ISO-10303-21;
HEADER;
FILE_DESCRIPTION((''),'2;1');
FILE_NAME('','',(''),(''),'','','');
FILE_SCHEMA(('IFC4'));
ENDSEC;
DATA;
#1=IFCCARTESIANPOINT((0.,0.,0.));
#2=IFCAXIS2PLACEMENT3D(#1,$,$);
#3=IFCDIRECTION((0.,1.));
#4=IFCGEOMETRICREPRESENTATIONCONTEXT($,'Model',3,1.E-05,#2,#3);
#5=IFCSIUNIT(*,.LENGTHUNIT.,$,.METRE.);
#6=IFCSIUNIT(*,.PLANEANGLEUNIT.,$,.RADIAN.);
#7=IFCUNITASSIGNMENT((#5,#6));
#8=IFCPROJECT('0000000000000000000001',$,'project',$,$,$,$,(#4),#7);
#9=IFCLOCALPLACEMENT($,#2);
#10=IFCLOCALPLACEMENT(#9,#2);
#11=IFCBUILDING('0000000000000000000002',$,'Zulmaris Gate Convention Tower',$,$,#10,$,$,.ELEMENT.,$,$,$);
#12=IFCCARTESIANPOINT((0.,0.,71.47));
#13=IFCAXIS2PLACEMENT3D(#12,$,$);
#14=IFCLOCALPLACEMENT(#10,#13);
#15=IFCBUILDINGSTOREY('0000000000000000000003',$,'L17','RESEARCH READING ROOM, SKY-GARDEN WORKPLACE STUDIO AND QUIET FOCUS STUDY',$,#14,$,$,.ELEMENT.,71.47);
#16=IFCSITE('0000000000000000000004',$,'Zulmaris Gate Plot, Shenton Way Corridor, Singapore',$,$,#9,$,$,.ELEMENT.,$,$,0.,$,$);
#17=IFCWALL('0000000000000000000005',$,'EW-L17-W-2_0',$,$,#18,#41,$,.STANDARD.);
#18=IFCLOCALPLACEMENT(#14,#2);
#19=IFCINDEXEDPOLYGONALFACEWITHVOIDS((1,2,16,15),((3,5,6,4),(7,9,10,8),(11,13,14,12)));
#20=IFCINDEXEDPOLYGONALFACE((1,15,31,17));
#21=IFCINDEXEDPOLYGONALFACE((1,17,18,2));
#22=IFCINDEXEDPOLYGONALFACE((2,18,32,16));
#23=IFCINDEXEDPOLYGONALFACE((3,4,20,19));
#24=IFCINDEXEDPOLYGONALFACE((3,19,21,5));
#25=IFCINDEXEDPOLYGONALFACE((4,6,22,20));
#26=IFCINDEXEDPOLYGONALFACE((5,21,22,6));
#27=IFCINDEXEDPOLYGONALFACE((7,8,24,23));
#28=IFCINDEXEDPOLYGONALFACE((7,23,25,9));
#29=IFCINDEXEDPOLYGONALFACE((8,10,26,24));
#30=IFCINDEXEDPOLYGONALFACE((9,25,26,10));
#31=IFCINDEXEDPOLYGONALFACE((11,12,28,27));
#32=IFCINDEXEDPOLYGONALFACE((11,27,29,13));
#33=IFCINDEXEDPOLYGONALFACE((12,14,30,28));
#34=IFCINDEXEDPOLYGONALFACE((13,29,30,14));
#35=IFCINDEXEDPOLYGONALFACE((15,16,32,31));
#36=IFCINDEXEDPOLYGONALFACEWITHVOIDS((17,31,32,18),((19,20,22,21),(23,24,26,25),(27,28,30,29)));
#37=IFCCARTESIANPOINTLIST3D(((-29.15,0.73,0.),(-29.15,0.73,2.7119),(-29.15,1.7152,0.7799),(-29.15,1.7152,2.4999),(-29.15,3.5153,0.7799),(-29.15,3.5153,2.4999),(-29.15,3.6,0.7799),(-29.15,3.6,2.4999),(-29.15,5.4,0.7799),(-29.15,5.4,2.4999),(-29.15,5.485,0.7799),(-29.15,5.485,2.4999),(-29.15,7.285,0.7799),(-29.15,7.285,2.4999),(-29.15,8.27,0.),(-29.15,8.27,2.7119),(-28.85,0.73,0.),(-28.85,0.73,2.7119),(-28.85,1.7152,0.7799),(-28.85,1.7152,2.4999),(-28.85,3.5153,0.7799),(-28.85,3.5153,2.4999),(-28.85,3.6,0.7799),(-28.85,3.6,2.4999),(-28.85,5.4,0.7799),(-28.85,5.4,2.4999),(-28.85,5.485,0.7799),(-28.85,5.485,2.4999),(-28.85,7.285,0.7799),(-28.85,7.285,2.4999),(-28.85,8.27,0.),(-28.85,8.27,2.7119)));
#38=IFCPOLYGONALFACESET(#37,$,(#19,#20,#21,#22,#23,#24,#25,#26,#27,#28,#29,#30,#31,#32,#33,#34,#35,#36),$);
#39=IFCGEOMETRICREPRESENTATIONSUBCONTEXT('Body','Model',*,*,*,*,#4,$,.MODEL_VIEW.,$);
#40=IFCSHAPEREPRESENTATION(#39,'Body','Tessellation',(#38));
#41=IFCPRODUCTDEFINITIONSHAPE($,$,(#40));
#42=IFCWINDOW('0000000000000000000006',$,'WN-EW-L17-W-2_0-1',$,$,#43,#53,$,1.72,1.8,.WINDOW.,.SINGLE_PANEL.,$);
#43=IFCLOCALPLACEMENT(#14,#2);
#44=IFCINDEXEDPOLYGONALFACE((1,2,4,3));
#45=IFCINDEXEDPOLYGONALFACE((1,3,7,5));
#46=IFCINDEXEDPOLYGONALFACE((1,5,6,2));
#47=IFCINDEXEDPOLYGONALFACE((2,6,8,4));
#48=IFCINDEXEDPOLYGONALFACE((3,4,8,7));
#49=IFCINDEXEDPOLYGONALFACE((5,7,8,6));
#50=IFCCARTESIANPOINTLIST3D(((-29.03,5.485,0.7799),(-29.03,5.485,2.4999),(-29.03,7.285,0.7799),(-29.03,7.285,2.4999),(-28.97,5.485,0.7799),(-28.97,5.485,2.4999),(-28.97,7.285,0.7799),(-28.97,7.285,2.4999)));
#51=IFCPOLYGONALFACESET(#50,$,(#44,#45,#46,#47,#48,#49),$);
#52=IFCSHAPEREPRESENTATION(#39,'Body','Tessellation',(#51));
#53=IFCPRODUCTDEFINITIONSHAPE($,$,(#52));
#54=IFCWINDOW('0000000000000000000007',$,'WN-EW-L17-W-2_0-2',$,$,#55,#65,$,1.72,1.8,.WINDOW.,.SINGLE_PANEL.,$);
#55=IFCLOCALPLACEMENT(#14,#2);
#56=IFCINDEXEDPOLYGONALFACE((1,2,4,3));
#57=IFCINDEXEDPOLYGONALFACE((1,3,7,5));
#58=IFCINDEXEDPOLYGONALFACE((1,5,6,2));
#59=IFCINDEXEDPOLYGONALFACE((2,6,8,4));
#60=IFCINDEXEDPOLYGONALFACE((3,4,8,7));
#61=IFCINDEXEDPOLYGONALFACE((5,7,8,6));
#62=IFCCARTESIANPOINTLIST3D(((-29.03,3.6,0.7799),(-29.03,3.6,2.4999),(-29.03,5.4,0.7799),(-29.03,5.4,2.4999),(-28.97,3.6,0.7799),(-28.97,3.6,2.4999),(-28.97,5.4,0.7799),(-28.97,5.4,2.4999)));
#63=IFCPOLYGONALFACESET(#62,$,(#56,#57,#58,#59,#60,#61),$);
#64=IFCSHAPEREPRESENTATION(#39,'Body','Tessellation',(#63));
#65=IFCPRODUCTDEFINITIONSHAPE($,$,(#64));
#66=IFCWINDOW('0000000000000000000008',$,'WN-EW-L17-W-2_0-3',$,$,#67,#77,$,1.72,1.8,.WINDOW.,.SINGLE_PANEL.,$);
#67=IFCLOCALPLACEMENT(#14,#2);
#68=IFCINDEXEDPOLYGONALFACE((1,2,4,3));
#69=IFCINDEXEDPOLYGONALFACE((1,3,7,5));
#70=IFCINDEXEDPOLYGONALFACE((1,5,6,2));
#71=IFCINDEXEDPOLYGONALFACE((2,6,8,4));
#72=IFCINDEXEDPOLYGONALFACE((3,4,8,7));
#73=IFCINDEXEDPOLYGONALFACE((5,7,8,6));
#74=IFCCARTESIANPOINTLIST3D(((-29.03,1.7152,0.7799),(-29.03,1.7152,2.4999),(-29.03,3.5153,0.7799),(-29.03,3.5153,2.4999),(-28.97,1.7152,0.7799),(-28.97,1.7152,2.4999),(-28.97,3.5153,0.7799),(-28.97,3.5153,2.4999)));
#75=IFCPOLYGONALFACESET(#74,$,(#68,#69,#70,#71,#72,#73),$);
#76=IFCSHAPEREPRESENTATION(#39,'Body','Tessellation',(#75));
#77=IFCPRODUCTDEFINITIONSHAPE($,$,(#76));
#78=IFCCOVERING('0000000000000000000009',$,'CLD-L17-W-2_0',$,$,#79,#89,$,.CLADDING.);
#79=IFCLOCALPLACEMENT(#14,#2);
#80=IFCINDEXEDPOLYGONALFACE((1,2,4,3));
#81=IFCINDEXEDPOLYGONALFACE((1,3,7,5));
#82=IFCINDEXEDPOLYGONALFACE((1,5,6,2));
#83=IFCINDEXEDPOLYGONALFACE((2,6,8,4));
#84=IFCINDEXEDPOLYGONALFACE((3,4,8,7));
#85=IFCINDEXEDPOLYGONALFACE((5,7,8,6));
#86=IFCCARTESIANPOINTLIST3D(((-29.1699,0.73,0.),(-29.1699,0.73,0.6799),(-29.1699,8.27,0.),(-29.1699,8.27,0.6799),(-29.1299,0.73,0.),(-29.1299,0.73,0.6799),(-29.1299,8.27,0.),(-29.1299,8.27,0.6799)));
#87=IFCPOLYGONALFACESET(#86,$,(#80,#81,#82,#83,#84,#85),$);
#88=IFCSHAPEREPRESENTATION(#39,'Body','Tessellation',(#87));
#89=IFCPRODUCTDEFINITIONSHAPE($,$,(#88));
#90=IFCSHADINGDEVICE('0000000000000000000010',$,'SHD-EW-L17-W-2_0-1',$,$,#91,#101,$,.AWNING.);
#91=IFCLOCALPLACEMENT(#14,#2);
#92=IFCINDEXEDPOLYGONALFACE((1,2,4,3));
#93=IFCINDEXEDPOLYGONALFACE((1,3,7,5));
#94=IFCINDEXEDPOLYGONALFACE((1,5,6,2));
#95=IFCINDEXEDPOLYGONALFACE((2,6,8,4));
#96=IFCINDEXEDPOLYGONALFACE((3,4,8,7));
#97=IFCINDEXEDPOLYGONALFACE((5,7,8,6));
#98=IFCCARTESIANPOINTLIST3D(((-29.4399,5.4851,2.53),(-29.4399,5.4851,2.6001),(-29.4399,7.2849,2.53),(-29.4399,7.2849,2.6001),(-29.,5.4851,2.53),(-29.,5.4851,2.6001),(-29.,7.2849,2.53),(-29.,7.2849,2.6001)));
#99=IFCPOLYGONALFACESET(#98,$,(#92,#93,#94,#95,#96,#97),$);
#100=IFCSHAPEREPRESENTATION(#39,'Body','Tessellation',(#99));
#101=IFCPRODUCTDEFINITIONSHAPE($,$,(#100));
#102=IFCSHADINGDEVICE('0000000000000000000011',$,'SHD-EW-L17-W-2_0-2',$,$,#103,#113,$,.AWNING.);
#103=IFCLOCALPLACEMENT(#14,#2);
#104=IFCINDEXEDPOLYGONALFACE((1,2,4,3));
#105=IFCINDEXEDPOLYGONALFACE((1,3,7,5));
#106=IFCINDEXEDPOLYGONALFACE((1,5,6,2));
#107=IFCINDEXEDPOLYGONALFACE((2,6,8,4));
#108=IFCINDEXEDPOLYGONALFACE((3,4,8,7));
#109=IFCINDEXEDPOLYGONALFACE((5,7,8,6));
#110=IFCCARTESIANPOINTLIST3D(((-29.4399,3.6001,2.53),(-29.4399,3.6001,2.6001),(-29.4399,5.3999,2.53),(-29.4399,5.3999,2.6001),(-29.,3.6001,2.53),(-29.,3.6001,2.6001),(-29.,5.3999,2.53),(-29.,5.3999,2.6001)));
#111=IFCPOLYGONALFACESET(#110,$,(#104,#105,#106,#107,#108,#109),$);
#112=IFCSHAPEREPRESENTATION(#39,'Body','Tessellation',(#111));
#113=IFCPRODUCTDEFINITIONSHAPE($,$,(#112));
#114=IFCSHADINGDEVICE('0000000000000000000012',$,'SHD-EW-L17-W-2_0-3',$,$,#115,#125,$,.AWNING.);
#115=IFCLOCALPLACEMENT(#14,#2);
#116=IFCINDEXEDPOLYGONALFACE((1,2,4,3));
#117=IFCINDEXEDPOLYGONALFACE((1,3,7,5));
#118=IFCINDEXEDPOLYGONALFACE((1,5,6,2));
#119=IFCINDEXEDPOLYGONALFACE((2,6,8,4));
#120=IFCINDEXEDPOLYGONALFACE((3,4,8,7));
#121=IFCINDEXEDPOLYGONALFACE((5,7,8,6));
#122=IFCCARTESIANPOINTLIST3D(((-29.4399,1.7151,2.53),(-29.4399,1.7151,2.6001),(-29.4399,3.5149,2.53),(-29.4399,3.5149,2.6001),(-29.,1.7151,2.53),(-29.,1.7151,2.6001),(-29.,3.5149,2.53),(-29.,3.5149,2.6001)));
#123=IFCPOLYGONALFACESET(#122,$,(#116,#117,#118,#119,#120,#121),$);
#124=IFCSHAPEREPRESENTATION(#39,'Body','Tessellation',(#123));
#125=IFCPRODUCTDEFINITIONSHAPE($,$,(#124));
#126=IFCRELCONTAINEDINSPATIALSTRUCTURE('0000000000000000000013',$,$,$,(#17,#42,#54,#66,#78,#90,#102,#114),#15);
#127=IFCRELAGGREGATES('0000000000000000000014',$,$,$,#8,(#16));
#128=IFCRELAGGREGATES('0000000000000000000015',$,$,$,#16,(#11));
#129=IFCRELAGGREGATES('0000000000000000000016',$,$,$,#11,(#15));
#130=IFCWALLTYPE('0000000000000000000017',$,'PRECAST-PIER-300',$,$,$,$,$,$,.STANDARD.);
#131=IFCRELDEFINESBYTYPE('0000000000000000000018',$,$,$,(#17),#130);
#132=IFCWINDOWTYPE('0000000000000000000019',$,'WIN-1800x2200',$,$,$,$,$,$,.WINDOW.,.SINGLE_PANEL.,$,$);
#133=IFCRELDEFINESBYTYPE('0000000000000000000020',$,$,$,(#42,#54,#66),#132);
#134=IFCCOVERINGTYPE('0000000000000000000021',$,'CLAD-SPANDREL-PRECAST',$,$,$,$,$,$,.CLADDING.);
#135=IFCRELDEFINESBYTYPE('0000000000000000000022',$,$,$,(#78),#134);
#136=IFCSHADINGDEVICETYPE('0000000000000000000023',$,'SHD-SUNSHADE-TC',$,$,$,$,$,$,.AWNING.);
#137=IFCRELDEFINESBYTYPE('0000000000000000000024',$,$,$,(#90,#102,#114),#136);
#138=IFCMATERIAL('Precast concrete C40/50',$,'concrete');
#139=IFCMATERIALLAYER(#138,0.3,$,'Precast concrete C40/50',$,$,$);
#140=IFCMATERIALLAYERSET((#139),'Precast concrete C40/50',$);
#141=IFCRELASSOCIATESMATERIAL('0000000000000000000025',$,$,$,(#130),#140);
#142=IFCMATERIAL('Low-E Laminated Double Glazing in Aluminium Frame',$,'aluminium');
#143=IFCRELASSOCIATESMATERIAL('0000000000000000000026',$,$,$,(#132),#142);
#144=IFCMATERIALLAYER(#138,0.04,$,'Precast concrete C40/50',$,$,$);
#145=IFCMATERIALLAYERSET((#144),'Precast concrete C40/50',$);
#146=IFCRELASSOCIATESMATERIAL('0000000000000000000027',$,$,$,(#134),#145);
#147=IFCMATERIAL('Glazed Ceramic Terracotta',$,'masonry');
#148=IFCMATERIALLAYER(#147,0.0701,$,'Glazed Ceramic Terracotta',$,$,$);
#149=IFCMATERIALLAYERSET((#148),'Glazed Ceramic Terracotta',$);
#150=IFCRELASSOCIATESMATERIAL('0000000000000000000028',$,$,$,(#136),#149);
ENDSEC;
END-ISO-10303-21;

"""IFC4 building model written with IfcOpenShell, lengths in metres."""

from ifc_helpers import new_model, si_unit, direction, frame, frame_2d, origin, place, context, subcontext, project, spatial, rectangle, extrude, material, layer, layer_set, type_object, element, fill, save


model = new_model("IFC4")

# Units and contexts
model_context = context("Model", 3, precision=1e-05, world=origin(), true_north=direction((0.0, 1.0)))
body_context = subcontext(model_context, "Body", "Model", "MODEL_VIEW")
ifc_project = project(units=[si_unit("LENGTHUNIT", "METRE"), si_unit("PLANEANGLEUNIT", "RADIAN")], contexts=[model_context])

# Site, building, storey
site_placement = place(None, origin())
site = spatial("IfcSite", under=ifc_project, at=site_placement, Name="Zulmaris Gate Plot, Shenton Way Corridor, Singapore", CompositionType="ELEMENT", RefElevation=0.0)
building_placement = place(site_placement, origin())
building = spatial("IfcBuilding", under=site, at=building_placement, Name="Zulmaris Gate Convention Tower", CompositionType="ELEMENT")
storey_placement = place(building_placement, frame((0.0, 0.0, 71.47)))
storey = spatial("IfcBuildingStorey", under=building, at=storey_placement, Name="L17", Description="RESEARCH READING ROOM, SKY-GARDEN WORKPLACE STUDIO AND QUIET FOCUS STUDY", CompositionType="ELEMENT", Elevation=71.47)

# Wall, openings, windows
ifc_material_1 = material(Name="Precast concrete C40/50", Category="concrete")
ifc_layer_1 = layer(ifc_material_1, 0.3, Name="Precast concrete C40/50")
ifc_layer_set_1 = layer_set([ifc_layer_1], Name="Precast concrete C40/50")
wall_type_1 = type_object("IfcWallType", Name="PRECAST-PIER-300", PredefinedType="STANDARD", material=ifc_layer_set_1)
wall_1_placement = place(storey_placement, frame((-29.0, 8.27, 0.0), z_axis=(0.0, 0.0, 1.0), x_axis=(0.0, -1.0, 0.0)))
wall_1 = element("IfcWall", 1, at=wall_1_placement, inside=storey, type_object=wall_type_1, Name="EW-L17-W-2_0", PredefinedType="STANDARD", context=body_context, shape_type="SweptSolid", body=[
    extrude(rectangle(XDim=7.54, YDim=0.3, at=frame_2d((3.77, 0.0))), origin(), (0.0, 0.0, 1.0), 2.7119),
])
opening_1_placement = place(wall_1_placement, frame((0.9851, 0.0, 0.78)))
opening_1 = element("IfcOpeningElement", 2, at=opening_1_placement, cuts=wall_1, PredefinedType="OPENING", context=body_context, shape_type="SweptSolid", body=[
    extrude(rectangle(XDim=1.8, YDim=1.72, at=frame_2d((0.8999, 0.8599))), frame((0.0, 0.1602, 0.0), z_axis=(0.0, -1.0, 0.0), x_axis=(1.0, 0.0, 0.0)), (0.0, 0.0, 1.0), 0.3201),
])
opening_2_placement = place(wall_1_placement, frame((2.8701, 0.0, 0.78)))
opening_2 = element("IfcOpeningElement", 3, at=opening_2_placement, cuts=wall_1, PredefinedType="OPENING", context=body_context, shape_type="SweptSolid", body=[
    extrude(rectangle(XDim=1.8, YDim=1.72, at=frame_2d((0.8999, 0.8599))), frame((0.0, 0.1602, 0.0), z_axis=(0.0, -1.0, 0.0), x_axis=(1.0, 0.0, 0.0)), (0.0, 0.0, 1.0), 0.3201),
])
opening_3_placement = place(wall_1_placement, frame((4.7549, 0.0, 0.78)))
opening_3 = element("IfcOpeningElement", 4, at=opening_3_placement, cuts=wall_1, PredefinedType="OPENING", context=body_context, shape_type="SweptSolid", body=[
    extrude(rectangle(XDim=1.8, YDim=1.72, at=frame_2d((0.8999, 0.8599))), frame((0.0, 0.1602, 0.0), z_axis=(0.0, -1.0, 0.0), x_axis=(1.0, 0.0, 0.0)), (0.0, 0.0, 1.0), 0.3201),
])
ifc_material_2 = material(Name="Low-E Laminated Double Glazing in Aluminium Frame", Category="aluminium")
window_type = type_object("IfcWindowType", Name="WIN-1800x2200", PartitioningType="SINGLE_PANEL", PredefinedType="WINDOW", material=ifc_material_2)
window_1_placement = place(opening_1_placement, origin())
window_1 = element("IfcWindow", 5, at=window_1_placement, inside=storey, type_object=window_type, Name="WN-EW-L17-W-2_0-1", OverallHeight=1.72, OverallWidth=1.8, PartitioningType="SINGLE_PANEL", PredefinedType="WINDOW", context=body_context, shape_type="SweptSolid", body=[
    extrude(rectangle(XDim=1.8, YDim=1.72, at=frame_2d((0.8999, 0.8599))), frame((0.0, 0.03, 0.0), z_axis=(0.0, -1.0, 0.0), x_axis=(1.0, 0.0, 0.0)), (0.0, 0.0, 1.0), 0.0601),
])
fill(opening_1, window_1)
window_2_placement = place(opening_2_placement, origin())
window_2 = element("IfcWindow", 6, at=window_2_placement, inside=storey, type_object=window_type, Name="WN-EW-L17-W-2_0-2", OverallHeight=1.72, OverallWidth=1.8, PartitioningType="SINGLE_PANEL", PredefinedType="WINDOW", context=body_context, shape_type="SweptSolid", body=[
    extrude(rectangle(XDim=1.8, YDim=1.72, at=frame_2d((0.8999, 0.8599))), frame((0.0, 0.03, 0.0), z_axis=(0.0, -1.0, 0.0), x_axis=(1.0, 0.0, 0.0)), (0.0, 0.0, 1.0), 0.0601),
])
fill(opening_2, window_2)
window_3_placement = place(opening_3_placement, origin())
window_3 = element("IfcWindow", 7, at=window_3_placement, inside=storey, type_object=window_type, Name="WN-EW-L17-W-2_0-3", OverallHeight=1.72, OverallWidth=1.8, PartitioningType="SINGLE_PANEL", PredefinedType="WINDOW", context=body_context, shape_type="SweptSolid", body=[
    extrude(rectangle(XDim=1.8, YDim=1.72, at=frame_2d((0.8999, 0.8599))), frame((0.0, 0.03, 0.0), z_axis=(0.0, -1.0, 0.0), x_axis=(1.0, 0.0, 0.0)), (0.0, 0.0, 1.0), 0.0601),
])
fill(opening_3, window_3)

# Covering
ifc_layer_2 = layer(ifc_material_1, 0.04, Name="Precast concrete C40/50")
ifc_layer_set_2 = layer_set([ifc_layer_2], Name="Precast concrete C40/50")
covering_type = type_object("IfcCoveringType", Name="CLAD-SPANDREL-PRECAST", PredefinedType="CLADDING", material=ifc_layer_set_2)
covering_placement = place(storey_placement, frame((-29.1499, 8.27, 0.0), z_axis=(0.0, 0.0, 1.0), x_axis=(0.0, -1.0, 0.0)))
element("IfcCovering", 8, at=covering_placement, inside=storey, type_object=covering_type, Name="CLD-L17-W-2_0", PredefinedType="CLADDING", context=body_context, shape_type="SweptSolid", body=[
    extrude(rectangle(XDim=7.54, YDim=0.04, at=frame_2d((3.77, 0.0))), origin(), (0.0, 0.0, 1.0), 0.6799),
])

# Shading devices
ifc_material_3 = material(Name="Glazed Ceramic Terracotta", Category="masonry")
ifc_layer_3 = layer(ifc_material_3, 0.0701, Name="Glazed Ceramic Terracotta")
ifc_layer_set_3 = layer_set([ifc_layer_3], Name="Glazed Ceramic Terracotta")
shading_device_type = type_object("IfcShadingDeviceType", Name="SHD-SUNSHADE-TC", PredefinedType="AWNING", material=ifc_layer_set_3)
for number, where, z_axis, x_axis, name in (
    (9, (-29.22, 7.2849, 2.53), (0.0, 0.0, 1.0), (0.0, -1.0, 0.0), "SHD-EW-L17-W-2_0-1"),
    (10, (-29.22, 5.3999, 2.53), (0.0, 0.0, 1.0), (0.0, -1.0, 0.0), "SHD-EW-L17-W-2_0-2"),
    (11, (-29.22, 3.5149, 2.53), (0.0, 0.0, 1.0), (0.0, -1.0, 0.0), "SHD-EW-L17-W-2_0-3"),
):
    element("IfcShadingDevice", number, at=place(storey_placement, frame(where, z_axis=z_axis, x_axis=x_axis)), inside=storey, type_object=shading_device_type, Name=name, PredefinedType="AWNING", context=body_context, shape_type="SweptSolid", body=[
        extrude(rectangle(XDim=1.7998, YDim=0.4399, at=frame_2d((0.8999, 0.0))), origin(), (0.0, 0.0, 1.0), 0.0701),
    ])

save(model, "model.ifc")
